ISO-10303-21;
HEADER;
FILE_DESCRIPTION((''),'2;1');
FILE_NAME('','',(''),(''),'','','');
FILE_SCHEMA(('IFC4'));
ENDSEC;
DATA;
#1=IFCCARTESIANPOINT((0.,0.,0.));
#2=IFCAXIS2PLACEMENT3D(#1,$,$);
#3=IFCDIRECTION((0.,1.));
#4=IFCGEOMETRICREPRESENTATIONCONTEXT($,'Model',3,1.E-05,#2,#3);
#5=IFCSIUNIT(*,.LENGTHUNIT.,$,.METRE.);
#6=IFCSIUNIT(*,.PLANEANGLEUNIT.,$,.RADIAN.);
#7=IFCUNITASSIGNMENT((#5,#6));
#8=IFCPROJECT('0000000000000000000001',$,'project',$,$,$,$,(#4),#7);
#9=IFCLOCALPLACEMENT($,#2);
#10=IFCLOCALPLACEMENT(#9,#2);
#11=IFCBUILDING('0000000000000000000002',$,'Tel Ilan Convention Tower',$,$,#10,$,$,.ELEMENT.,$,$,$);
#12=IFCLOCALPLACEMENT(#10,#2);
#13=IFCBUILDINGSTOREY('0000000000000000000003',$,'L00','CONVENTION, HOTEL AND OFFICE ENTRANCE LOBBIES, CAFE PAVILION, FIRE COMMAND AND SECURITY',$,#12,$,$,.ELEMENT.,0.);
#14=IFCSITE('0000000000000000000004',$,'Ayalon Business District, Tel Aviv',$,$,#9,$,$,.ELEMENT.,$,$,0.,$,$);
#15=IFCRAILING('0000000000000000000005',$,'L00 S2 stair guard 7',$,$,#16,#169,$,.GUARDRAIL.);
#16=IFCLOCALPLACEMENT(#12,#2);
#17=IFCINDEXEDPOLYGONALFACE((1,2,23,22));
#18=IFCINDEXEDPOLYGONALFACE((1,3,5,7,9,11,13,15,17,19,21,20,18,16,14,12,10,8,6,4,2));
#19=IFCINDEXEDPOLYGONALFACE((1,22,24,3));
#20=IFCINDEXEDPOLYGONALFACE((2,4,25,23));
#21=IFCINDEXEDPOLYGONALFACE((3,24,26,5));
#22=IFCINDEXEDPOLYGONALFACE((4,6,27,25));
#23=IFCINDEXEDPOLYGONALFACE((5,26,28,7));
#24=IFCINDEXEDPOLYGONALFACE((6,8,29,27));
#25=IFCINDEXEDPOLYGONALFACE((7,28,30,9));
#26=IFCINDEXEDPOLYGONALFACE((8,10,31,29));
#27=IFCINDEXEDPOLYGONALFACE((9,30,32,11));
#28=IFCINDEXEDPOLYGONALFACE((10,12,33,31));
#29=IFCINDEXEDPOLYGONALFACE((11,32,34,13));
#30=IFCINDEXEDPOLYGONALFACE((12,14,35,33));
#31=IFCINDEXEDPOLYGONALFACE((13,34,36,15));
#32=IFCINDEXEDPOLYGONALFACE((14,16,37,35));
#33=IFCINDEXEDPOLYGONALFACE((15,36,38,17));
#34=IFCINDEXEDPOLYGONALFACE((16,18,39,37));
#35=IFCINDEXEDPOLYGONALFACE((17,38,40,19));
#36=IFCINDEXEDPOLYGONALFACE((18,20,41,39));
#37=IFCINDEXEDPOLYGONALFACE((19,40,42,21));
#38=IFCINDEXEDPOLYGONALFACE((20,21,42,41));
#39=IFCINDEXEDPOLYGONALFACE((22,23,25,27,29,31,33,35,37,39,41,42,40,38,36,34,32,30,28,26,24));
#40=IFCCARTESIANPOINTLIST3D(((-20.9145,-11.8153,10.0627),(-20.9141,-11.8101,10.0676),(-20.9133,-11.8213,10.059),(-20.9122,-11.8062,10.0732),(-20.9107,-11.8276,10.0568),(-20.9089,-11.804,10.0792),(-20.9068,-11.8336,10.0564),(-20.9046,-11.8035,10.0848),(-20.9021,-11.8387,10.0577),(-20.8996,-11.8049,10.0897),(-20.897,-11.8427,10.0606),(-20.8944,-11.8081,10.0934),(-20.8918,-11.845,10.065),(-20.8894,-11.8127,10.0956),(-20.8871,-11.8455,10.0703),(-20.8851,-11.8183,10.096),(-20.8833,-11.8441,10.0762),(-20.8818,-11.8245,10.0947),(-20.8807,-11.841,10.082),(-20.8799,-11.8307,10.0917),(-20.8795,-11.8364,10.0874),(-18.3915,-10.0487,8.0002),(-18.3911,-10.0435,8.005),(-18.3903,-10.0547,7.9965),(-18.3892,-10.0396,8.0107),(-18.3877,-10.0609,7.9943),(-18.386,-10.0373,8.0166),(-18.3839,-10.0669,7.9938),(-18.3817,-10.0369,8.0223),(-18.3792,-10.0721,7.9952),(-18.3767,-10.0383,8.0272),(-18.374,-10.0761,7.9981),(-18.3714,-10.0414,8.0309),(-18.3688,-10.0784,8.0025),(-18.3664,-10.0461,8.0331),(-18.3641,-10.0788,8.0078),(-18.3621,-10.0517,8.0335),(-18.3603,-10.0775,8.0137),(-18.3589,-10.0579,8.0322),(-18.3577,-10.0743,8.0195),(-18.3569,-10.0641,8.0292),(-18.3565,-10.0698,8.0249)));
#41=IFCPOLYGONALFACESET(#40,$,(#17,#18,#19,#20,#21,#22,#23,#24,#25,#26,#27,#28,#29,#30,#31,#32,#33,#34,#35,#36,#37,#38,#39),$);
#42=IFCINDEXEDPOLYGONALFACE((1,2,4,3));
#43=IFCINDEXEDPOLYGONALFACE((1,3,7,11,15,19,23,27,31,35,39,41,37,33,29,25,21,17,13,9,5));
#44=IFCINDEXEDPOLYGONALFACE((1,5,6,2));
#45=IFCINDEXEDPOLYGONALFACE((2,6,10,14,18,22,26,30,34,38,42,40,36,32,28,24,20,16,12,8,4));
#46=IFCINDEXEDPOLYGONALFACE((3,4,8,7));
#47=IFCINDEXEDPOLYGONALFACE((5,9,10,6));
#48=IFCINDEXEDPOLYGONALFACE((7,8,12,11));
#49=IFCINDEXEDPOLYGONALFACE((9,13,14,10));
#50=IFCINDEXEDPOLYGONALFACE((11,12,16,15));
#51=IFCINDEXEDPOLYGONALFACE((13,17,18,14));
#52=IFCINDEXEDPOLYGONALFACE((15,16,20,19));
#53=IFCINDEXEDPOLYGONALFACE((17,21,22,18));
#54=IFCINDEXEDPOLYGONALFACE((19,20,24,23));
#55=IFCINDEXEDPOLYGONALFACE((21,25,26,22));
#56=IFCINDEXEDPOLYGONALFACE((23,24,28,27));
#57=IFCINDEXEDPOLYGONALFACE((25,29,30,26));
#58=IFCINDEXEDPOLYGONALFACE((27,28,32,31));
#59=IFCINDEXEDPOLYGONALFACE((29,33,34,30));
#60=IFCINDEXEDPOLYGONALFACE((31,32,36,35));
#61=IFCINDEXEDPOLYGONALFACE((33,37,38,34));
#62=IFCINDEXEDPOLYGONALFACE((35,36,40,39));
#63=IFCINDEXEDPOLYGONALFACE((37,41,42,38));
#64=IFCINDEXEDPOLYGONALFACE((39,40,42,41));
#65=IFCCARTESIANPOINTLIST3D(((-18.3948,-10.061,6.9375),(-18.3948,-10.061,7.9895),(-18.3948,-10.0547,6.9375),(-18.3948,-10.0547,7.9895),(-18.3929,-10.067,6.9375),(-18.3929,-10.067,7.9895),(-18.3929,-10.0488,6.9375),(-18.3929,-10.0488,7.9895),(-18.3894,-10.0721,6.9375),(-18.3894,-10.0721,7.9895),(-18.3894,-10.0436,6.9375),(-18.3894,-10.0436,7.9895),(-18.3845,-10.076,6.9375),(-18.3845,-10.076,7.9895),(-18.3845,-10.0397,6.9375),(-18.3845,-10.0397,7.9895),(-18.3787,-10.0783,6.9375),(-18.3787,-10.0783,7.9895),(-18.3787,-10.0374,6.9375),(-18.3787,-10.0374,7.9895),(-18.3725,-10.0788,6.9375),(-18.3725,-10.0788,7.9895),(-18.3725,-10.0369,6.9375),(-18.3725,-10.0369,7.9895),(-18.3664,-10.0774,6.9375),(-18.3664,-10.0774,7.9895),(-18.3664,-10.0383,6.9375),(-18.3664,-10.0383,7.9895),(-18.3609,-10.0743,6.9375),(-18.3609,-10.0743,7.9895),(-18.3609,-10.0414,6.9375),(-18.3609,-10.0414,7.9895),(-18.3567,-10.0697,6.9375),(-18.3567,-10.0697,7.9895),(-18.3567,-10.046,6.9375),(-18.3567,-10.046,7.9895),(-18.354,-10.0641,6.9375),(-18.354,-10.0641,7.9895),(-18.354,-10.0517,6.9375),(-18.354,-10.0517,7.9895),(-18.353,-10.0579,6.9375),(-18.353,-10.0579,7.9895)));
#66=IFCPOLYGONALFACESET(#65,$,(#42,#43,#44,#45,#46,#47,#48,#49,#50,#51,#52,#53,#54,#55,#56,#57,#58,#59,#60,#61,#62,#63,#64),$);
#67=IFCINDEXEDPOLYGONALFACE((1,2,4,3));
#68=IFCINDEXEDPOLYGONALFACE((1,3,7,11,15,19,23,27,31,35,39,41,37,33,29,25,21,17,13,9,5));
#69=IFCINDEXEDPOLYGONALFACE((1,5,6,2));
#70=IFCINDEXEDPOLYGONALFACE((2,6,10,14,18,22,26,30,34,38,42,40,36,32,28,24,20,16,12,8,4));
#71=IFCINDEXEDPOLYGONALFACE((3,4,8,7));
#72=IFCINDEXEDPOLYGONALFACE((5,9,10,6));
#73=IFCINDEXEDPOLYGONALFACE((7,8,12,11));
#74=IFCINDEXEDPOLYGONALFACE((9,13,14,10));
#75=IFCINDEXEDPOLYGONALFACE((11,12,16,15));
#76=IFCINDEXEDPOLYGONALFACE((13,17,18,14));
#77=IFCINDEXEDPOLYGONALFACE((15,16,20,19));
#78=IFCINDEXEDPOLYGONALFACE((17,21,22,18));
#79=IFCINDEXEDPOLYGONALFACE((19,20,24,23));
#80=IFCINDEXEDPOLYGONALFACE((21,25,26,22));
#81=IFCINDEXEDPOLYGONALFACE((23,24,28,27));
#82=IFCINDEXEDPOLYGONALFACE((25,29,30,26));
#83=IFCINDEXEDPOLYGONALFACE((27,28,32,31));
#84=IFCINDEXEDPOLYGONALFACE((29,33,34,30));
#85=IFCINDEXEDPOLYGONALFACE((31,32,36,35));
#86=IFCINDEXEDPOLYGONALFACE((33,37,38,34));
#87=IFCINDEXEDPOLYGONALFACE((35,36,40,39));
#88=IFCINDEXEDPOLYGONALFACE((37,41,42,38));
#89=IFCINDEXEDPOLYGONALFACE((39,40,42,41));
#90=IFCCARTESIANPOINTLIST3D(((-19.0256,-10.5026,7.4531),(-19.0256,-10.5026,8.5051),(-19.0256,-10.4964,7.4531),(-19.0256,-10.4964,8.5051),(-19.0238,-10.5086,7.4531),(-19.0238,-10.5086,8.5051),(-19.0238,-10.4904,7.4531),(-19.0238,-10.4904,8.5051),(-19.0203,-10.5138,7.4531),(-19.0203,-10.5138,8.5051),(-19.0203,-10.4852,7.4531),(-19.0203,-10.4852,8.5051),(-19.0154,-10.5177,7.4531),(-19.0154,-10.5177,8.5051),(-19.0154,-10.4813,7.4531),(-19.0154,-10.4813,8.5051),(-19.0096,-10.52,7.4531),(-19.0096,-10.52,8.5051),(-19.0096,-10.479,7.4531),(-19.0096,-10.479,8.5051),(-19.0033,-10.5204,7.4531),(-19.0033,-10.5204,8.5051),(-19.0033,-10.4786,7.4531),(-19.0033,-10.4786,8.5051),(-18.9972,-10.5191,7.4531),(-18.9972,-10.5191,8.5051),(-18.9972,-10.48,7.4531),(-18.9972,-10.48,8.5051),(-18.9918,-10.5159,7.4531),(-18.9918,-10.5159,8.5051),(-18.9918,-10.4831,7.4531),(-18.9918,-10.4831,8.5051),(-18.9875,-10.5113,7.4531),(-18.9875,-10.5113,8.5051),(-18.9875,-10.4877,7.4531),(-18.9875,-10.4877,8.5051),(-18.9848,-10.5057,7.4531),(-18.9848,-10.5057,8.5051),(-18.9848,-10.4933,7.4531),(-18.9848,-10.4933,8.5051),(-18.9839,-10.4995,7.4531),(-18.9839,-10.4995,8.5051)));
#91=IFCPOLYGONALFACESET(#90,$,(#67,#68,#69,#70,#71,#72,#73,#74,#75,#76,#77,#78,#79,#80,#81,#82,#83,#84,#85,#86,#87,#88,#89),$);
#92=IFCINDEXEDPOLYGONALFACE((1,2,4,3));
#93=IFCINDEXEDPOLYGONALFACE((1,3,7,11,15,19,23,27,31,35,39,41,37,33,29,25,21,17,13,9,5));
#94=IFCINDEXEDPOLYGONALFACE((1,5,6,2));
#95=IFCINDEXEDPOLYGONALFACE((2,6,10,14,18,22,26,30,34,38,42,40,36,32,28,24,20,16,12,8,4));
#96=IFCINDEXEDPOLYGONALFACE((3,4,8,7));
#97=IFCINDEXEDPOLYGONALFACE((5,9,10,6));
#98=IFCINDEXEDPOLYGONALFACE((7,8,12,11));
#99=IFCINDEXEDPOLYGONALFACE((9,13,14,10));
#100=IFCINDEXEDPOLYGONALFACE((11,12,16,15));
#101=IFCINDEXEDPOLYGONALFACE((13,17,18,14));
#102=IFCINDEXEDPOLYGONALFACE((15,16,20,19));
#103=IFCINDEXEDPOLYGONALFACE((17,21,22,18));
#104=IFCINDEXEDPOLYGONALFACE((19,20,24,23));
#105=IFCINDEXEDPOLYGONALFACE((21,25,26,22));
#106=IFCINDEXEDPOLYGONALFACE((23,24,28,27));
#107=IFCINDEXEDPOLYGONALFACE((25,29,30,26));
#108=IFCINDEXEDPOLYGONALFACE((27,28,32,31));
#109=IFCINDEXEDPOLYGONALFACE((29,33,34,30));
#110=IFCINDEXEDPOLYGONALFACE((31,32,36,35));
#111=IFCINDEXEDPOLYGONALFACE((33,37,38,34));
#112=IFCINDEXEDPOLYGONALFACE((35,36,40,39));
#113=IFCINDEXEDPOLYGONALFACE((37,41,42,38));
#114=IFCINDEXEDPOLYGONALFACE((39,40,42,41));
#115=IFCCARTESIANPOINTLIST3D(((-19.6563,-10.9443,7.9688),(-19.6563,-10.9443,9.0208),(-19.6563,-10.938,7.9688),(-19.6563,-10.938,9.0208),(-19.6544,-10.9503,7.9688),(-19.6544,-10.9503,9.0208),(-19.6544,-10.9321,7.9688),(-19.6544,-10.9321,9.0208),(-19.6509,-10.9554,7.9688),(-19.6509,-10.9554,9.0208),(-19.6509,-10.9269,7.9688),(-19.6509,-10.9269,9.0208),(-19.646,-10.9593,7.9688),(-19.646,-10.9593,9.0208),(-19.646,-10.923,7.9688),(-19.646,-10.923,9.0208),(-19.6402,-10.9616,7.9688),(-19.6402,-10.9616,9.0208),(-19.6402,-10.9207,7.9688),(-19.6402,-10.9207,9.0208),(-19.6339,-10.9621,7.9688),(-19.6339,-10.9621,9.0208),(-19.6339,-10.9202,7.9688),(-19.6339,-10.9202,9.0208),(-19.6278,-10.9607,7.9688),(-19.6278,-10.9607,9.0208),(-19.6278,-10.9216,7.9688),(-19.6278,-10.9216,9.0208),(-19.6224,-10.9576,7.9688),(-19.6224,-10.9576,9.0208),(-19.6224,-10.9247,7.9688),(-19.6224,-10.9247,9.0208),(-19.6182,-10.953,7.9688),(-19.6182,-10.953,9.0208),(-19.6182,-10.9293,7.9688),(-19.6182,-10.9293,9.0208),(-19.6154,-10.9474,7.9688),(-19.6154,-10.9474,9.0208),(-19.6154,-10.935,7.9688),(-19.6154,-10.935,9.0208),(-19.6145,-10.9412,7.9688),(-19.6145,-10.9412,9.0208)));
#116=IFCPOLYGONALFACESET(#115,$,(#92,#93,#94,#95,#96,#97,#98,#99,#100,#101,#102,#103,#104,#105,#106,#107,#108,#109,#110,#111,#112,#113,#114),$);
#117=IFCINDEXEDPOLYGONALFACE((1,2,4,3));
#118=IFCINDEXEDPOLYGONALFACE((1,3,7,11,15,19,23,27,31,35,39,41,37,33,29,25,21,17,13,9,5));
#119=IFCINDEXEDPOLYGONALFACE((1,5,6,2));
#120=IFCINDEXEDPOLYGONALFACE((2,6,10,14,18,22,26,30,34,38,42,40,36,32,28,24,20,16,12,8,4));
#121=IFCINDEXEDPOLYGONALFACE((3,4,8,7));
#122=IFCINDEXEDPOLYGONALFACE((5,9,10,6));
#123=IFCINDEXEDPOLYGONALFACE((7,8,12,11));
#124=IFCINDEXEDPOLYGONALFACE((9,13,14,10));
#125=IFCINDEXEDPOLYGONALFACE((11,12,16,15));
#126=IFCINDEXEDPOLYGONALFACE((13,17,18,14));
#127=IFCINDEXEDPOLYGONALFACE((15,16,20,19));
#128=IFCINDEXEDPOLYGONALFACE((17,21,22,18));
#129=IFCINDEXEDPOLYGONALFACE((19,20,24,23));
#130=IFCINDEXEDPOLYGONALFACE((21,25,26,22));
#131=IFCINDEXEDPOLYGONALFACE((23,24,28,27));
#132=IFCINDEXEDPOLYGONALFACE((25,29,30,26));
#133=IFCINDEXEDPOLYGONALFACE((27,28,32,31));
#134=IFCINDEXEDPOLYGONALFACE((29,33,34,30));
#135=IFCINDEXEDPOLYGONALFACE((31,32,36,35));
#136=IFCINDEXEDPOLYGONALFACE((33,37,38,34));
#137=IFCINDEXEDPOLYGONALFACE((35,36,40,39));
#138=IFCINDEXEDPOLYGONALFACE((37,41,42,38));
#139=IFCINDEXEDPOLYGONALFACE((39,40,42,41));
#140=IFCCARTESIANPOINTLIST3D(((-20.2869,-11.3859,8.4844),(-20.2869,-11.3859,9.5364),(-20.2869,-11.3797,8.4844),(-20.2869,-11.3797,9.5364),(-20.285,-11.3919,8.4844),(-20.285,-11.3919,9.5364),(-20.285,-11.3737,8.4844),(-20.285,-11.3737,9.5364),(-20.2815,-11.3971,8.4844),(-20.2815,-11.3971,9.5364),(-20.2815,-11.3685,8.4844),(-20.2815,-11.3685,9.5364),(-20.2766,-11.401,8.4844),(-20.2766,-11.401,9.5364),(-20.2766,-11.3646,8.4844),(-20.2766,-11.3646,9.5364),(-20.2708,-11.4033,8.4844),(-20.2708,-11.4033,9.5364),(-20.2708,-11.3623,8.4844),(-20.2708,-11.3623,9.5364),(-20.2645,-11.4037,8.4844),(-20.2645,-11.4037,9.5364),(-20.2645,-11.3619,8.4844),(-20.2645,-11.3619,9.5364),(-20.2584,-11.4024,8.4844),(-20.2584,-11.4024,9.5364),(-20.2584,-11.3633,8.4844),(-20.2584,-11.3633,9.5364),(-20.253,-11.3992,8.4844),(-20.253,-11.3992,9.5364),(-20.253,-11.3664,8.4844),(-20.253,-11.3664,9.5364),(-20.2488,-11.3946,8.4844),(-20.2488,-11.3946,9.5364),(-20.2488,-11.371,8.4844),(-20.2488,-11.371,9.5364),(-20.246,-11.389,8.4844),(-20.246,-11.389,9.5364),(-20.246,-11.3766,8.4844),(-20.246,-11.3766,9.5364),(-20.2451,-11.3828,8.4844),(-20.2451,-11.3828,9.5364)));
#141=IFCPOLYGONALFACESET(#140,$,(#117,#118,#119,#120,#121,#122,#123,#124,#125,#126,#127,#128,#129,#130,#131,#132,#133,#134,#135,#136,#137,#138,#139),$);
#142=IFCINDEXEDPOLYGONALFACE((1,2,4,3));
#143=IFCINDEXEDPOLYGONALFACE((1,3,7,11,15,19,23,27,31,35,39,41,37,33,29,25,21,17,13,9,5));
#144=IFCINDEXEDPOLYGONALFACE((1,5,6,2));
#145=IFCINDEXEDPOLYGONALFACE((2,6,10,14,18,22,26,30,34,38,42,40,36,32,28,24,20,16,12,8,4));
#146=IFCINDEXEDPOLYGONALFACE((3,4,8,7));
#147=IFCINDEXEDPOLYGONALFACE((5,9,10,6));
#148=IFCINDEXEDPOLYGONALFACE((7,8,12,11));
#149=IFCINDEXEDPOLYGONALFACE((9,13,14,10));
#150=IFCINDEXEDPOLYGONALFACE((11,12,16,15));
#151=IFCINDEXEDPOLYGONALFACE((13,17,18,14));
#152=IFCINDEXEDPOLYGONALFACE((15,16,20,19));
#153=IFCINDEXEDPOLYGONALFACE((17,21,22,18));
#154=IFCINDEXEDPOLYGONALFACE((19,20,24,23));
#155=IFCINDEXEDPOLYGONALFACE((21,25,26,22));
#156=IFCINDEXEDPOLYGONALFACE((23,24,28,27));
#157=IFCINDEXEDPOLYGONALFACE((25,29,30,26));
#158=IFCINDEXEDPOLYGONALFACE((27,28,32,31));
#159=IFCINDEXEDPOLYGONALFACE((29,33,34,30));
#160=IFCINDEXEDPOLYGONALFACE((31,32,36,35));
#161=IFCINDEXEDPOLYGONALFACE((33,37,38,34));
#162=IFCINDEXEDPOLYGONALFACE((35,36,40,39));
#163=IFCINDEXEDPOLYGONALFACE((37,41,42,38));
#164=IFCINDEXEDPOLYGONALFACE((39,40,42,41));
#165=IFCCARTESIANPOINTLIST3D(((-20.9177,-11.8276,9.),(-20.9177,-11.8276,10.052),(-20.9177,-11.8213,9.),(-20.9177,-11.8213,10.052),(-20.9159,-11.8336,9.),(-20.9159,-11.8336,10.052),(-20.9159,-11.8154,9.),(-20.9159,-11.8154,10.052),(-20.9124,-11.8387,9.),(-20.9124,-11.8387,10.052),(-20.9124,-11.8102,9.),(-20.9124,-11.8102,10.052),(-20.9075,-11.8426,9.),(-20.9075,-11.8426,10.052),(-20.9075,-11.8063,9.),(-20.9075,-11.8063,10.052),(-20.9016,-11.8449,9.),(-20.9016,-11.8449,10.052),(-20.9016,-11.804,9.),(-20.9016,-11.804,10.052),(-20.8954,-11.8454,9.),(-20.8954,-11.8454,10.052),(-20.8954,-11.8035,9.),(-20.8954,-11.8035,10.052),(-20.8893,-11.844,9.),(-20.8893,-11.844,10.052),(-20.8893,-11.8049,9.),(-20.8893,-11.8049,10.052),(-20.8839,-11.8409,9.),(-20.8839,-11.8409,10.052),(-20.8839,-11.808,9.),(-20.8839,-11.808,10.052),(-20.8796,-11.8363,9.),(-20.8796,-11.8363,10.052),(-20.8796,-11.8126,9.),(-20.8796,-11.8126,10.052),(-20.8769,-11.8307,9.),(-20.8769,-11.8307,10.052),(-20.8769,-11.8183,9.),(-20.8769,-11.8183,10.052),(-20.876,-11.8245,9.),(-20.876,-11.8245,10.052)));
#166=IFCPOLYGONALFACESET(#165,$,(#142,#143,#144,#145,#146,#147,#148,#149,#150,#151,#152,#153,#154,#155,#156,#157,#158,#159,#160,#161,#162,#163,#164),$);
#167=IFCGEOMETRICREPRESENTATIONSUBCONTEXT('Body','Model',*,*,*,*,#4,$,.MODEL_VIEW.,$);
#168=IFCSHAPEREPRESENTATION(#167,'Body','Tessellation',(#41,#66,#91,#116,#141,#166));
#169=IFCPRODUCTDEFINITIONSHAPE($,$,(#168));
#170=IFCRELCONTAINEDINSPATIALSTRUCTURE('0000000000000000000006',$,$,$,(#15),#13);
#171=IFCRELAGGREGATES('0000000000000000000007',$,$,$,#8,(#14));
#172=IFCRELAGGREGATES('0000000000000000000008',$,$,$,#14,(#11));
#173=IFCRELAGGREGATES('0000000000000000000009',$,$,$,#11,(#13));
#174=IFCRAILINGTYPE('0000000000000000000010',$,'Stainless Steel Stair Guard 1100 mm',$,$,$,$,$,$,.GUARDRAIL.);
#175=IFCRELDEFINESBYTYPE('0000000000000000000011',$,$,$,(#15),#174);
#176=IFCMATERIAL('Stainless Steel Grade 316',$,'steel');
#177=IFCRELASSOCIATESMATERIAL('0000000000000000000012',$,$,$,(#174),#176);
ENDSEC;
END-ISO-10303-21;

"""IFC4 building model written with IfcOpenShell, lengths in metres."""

from ifc_helpers import new_model, si_unit, direction, frame, origin, origin_2d, place, context, subcontext, project, spatial, circle, extrude, material, type_object, element, save


model = new_model("IFC4")

# Units and contexts
model_context = context("Model", 3, precision=1e-05, world=origin(), true_north=direction((0.0, 1.0)))
body_context = subcontext(model_context, "Body", "Model", "MODEL_VIEW")
ifc_project = project(units=[si_unit("LENGTHUNIT", "METRE"), si_unit("PLANEANGLEUNIT", "RADIAN")], contexts=[model_context])

# Site, building, storey
site_placement = place(None, origin())
site = spatial("IfcSite", under=ifc_project, at=site_placement, Name="Ayalon Business District, Tel Aviv", CompositionType="ELEMENT", RefElevation=0.0)
building_placement = place(site_placement, origin())
building = spatial("IfcBuilding", under=site, at=building_placement, Name="Tel Ilan Convention Tower", CompositionType="ELEMENT")
storey_placement = place(building_placement, origin())
storey = spatial("IfcBuildingStorey", under=building, at=storey_placement, Name="L00", Description="CONVENTION, HOTEL AND OFFICE ENTRANCE LOBBIES, CAFE PAVILION, FIRE COMMAND AND SECURITY", CompositionType="ELEMENT", Elevation=0.0)

# Railing
ifc_material_1 = material(Name="Stainless Steel Grade 316", Category="steel")
railing_type_1 = type_object("IfcRailingType", Name="Stainless Steel Stair Guard 1100 mm", PredefinedType="GUARDRAIL", material=ifc_material_1)
railing_1_placement = place(storey_placement, frame((-18.374, -10.0579, 6.9375)))
element("IfcRailing", 1, at=railing_1_placement, inside=storey, type_object=railing_type_1, Name="L00 S2 stair guard 7", PredefinedType="GUARDRAIL", context=body_context, shape_type="SweptSolid", body=[
    extrude(circle(Radius=0.0239, at=origin_2d()), frame((0.0, 0.0, 1.0762), z_axis=(-0.680635, -0.476589, 0.556416), x_axis=(0.573579, -0.81915, 0.0)), (0.0, 0.0, 1.0), 3.7068),
    extrude(circle(Radius=0.021, at=origin_2d()), origin(), (0.0, 0.0, 1.0), 1.052),
    extrude(circle(Radius=0.021, at=origin_2d()), frame((-0.6309, -0.4417, 0.5156)), (0.0, 0.0, 1.0), 1.052),
    extrude(circle(Radius=0.021, at=origin_2d()), frame((-1.2615, -0.8833, 1.0312)), (0.0, 0.0, 1.0), 1.052),
    extrude(circle(Radius=0.021, at=origin_2d()), frame((-1.8921, -1.325, 1.5469)), (0.0, 0.0, 1.0), 1.052),
    extrude(circle(Radius=0.021, at=origin_2d()), frame((-2.5229, -1.7666, 2.0625)), (0.0, 0.0, 1.0), 1.052),
])

save(model, "model.ifc")
